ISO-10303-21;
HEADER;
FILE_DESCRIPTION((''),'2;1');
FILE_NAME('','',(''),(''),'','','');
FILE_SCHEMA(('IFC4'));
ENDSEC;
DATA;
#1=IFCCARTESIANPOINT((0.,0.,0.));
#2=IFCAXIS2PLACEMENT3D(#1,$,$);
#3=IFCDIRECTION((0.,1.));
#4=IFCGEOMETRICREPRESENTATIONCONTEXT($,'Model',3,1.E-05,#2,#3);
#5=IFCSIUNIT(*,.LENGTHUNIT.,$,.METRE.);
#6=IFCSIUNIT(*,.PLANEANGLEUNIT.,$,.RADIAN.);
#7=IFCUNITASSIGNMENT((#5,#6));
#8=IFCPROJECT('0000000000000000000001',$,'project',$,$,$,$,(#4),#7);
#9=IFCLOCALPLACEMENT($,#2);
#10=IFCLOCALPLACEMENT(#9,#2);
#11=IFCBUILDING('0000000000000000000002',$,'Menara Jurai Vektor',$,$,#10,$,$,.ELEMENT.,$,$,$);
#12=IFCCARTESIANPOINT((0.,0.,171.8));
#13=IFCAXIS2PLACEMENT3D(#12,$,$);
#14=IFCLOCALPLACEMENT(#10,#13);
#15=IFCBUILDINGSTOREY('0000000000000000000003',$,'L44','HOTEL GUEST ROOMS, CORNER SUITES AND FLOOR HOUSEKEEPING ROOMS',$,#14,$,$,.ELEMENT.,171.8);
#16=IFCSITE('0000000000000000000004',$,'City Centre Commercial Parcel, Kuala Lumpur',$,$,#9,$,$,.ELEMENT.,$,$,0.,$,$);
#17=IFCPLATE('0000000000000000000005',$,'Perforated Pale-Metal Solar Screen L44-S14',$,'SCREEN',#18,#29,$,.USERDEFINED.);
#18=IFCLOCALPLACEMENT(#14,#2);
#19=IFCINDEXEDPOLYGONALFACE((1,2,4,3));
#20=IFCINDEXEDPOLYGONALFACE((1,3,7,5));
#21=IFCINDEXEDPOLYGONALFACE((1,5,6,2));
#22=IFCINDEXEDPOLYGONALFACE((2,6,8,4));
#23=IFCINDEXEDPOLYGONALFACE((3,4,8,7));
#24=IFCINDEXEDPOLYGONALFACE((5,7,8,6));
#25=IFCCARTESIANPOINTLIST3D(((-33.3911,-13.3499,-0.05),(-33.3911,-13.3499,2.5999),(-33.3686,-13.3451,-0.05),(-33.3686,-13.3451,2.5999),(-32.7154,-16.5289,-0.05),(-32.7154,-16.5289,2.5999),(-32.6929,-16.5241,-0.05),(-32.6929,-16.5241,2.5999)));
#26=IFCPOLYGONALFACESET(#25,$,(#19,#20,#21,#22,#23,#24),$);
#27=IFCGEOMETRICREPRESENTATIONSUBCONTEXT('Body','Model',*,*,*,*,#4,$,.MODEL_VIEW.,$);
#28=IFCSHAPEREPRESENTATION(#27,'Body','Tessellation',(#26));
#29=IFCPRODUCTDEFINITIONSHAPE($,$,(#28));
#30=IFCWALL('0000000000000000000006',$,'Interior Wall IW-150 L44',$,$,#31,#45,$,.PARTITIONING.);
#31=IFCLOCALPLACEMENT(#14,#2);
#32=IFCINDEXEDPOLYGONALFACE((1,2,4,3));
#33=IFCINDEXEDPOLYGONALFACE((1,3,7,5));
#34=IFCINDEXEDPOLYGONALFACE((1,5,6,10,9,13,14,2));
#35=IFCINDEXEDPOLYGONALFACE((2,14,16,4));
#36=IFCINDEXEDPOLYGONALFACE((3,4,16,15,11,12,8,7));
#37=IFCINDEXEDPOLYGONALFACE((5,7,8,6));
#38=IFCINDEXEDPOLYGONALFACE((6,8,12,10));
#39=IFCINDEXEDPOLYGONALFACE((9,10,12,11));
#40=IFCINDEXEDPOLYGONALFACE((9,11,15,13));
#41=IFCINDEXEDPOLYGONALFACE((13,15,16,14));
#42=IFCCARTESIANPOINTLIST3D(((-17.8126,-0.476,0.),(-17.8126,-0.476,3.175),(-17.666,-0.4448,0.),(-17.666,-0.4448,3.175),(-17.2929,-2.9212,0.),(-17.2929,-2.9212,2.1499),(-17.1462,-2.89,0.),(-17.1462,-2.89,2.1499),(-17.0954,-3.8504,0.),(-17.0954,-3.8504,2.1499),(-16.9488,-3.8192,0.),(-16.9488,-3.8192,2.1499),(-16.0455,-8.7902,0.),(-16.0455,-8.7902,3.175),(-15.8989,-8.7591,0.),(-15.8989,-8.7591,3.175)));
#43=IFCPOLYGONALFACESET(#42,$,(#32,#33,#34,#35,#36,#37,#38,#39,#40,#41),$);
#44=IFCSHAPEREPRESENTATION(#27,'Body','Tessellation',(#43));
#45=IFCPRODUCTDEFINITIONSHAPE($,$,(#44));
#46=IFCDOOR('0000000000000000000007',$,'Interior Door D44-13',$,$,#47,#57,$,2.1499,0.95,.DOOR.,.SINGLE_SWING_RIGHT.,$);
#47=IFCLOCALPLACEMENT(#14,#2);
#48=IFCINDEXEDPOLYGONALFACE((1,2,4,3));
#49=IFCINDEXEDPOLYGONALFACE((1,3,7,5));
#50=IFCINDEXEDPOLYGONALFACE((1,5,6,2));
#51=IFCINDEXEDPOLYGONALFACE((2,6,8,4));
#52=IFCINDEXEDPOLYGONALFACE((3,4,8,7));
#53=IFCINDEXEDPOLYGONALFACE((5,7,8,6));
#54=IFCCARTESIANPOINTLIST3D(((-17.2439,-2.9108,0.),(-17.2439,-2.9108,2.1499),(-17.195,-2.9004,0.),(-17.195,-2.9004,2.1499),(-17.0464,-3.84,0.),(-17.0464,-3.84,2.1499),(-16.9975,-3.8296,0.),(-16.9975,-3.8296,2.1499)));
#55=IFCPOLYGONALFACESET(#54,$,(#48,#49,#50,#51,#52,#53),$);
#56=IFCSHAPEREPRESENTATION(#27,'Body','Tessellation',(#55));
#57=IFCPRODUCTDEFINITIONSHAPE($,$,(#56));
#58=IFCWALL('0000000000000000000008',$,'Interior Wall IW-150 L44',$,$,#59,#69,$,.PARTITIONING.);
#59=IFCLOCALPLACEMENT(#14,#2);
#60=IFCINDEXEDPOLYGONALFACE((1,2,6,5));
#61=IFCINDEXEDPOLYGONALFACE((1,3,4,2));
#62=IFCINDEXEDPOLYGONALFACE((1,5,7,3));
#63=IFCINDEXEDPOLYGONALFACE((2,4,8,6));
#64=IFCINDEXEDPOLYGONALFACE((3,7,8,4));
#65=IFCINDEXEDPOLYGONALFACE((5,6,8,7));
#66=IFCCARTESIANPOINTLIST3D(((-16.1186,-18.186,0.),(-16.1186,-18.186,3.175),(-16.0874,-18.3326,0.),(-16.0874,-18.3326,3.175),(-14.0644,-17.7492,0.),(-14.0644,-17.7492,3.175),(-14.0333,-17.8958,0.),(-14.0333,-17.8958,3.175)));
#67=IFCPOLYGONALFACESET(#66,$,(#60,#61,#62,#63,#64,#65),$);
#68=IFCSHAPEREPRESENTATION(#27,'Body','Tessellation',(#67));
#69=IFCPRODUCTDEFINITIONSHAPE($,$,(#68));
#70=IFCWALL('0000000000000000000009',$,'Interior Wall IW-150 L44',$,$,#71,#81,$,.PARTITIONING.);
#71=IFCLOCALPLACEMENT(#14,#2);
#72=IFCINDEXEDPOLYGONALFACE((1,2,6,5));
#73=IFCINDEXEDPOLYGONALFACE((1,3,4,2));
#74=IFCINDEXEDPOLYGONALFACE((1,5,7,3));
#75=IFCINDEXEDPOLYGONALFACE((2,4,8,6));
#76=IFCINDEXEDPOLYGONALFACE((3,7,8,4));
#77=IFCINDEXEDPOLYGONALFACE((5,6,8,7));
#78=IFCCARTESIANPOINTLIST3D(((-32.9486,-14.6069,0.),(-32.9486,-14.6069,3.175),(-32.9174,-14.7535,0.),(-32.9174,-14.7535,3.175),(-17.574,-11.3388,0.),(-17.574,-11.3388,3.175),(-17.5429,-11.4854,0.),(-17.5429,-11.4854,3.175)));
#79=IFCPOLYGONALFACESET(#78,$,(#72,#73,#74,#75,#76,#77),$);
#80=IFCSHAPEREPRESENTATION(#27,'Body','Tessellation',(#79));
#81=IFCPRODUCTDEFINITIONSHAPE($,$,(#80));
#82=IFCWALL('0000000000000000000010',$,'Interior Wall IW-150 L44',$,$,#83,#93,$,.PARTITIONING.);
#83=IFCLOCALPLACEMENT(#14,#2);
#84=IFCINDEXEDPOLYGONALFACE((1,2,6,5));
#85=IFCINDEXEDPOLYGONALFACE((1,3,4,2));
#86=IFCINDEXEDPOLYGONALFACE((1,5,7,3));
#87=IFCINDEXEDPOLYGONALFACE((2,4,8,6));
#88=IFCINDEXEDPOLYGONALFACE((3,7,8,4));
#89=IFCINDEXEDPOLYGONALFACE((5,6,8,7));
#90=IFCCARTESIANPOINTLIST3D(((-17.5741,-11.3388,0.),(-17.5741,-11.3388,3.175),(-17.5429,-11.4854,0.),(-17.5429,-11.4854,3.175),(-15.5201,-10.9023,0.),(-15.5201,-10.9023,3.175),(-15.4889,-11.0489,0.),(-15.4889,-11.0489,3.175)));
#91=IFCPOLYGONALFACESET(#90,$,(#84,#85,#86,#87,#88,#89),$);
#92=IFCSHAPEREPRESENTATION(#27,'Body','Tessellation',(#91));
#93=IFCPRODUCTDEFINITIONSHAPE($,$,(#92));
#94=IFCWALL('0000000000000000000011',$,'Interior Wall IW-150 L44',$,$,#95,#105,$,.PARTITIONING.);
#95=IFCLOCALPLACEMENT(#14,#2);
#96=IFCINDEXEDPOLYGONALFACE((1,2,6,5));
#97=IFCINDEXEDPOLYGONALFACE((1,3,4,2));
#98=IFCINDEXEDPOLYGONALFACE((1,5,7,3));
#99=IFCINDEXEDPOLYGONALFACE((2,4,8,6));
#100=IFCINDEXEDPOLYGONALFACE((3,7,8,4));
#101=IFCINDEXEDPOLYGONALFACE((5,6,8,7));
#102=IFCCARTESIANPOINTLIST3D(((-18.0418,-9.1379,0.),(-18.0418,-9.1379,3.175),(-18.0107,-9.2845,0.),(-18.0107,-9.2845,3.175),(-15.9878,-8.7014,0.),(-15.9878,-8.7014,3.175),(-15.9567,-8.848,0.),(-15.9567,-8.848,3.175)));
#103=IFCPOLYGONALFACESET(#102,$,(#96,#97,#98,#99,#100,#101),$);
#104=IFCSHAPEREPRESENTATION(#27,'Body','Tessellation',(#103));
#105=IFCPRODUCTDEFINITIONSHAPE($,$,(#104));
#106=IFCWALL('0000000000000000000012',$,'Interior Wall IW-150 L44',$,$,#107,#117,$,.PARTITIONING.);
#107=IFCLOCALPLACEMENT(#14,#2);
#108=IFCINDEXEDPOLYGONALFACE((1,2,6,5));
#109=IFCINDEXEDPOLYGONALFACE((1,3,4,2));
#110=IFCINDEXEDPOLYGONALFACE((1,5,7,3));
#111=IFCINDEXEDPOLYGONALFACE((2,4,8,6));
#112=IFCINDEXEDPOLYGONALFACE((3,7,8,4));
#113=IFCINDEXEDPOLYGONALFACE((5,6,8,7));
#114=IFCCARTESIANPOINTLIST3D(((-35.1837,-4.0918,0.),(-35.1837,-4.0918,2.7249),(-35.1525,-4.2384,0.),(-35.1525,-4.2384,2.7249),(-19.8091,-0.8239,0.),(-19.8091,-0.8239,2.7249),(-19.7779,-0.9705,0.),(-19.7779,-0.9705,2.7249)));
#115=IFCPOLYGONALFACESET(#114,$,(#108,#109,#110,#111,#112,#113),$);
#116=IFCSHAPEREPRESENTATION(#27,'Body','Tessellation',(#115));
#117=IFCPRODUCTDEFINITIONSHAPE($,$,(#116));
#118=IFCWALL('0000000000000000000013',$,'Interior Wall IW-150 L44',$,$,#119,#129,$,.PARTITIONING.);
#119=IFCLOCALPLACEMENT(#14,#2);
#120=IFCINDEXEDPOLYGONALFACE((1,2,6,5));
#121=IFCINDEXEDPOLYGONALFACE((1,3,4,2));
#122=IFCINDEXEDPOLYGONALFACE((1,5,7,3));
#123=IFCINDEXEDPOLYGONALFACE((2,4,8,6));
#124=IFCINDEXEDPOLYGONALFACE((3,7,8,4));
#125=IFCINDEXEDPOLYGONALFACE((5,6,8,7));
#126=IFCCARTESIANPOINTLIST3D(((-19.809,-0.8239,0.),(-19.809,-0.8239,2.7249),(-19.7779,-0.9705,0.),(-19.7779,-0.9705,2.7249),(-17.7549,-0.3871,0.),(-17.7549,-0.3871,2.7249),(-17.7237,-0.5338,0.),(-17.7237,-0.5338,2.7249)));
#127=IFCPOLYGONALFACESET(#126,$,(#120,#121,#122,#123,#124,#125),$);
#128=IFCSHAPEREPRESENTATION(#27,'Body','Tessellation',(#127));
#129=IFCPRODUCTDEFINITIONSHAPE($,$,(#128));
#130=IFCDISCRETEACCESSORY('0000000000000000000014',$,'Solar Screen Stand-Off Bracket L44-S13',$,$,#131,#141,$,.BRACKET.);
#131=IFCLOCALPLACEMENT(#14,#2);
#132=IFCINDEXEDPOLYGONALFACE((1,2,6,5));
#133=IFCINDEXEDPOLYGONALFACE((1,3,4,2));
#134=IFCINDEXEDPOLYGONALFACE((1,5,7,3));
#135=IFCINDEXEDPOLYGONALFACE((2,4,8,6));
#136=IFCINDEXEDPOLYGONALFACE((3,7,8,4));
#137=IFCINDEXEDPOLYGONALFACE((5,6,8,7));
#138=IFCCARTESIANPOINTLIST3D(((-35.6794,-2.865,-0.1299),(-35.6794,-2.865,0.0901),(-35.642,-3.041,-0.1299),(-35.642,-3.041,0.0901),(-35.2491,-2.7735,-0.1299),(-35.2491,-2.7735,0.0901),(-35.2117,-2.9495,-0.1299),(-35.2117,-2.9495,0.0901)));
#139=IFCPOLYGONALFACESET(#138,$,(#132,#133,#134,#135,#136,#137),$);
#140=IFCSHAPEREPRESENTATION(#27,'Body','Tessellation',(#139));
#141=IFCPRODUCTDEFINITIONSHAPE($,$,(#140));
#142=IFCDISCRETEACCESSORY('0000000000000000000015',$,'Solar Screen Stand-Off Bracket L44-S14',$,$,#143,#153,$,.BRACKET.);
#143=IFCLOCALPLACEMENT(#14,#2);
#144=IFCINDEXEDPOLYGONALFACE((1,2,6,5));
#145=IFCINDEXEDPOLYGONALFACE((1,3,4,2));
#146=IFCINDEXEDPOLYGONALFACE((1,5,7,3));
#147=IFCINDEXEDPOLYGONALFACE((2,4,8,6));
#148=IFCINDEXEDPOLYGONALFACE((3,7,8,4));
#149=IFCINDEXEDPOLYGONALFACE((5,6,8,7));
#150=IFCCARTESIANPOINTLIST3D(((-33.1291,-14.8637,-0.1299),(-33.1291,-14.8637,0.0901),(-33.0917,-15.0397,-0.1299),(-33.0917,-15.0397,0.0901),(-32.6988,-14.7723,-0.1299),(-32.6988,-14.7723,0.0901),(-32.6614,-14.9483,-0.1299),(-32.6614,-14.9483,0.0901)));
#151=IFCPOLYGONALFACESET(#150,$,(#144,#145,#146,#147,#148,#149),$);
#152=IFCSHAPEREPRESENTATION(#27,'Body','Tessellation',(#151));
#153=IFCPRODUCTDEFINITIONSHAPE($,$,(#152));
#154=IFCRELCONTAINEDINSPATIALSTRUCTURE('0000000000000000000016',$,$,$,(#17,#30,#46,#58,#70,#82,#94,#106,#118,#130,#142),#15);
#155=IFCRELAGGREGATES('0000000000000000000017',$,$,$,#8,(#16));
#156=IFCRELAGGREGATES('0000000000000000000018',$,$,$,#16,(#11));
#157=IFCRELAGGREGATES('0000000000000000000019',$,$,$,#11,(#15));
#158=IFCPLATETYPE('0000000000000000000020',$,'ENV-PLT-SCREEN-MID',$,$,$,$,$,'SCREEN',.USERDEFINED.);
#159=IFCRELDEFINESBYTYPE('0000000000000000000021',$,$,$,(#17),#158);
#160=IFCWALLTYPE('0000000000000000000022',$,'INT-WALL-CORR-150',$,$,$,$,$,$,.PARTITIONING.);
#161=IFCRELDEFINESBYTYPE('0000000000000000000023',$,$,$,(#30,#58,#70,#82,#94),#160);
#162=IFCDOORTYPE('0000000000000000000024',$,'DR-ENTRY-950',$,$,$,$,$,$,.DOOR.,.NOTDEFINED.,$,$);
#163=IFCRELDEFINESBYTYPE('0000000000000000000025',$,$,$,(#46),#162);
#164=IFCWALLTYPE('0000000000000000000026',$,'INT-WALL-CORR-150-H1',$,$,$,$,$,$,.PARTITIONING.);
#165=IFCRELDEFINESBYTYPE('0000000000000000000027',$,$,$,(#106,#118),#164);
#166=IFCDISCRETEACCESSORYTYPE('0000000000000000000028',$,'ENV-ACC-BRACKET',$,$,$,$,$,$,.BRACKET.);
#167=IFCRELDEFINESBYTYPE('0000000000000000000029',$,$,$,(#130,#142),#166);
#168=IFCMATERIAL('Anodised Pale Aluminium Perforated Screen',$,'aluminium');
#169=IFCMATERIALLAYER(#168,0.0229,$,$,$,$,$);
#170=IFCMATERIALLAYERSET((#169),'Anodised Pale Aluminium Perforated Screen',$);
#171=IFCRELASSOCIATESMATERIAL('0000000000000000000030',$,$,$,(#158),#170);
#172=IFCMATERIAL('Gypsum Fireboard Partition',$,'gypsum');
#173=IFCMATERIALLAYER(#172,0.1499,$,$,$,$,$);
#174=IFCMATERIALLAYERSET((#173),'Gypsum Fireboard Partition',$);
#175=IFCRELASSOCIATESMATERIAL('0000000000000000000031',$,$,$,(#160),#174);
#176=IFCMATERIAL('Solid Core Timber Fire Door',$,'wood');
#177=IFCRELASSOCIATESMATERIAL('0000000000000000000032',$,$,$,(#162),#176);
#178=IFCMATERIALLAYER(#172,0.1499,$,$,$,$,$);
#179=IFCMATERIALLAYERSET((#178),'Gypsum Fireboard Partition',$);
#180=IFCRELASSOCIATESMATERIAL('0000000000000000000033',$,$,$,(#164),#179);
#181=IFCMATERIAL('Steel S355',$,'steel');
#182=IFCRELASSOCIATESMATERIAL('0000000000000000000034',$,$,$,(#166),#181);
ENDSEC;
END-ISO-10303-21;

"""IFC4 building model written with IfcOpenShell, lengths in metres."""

from ifc_helpers import new_model, si_unit, direction, frame, frame_2d, origin, origin_2d, place, context, subcontext, project, spatial, rectangle, extrude, material, layer, layer_set, type_object, element, fill, save


model = new_model("IFC4")

# Units and contexts
model_context = context("Model", 3, precision=1e-05, world=origin(), true_north=direction((0.0, 1.0)))
body_context = subcontext(model_context, "Body", "Model", "MODEL_VIEW")
ifc_project = project(units=[si_unit("LENGTHUNIT", "METRE"), si_unit("PLANEANGLEUNIT", "RADIAN")], contexts=[model_context])

# Site, building, storey
site_placement = place(None, origin())
site = spatial("IfcSite", under=ifc_project, at=site_placement, Name="City Centre Commercial Parcel, Kuala Lumpur", CompositionType="ELEMENT", RefElevation=0.0)
building_placement = place(site_placement, origin())
building = spatial("IfcBuilding", under=site, at=building_placement, Name="Menara Jurai Vektor", CompositionType="ELEMENT")
storey_placement = place(building_placement, frame((0.0, 0.0, 171.8)))
storey = spatial("IfcBuildingStorey", under=building, at=storey_placement, Name="L44", Description="HOTEL GUEST ROOMS, CORNER SUITES AND FLOOR HOUSEKEEPING ROOMS", CompositionType="ELEMENT", Elevation=171.8)

# Shared definitions
ifc_material_1 = material(Name="Steel S355", Category="steel")

# Plate
ifc_material_2 = material(Name="Anodised Pale Aluminium Perforated Screen", Category="aluminium")
ifc_layer_1 = layer(ifc_material_2, 0.0229)
ifc_layer_set_1 = layer_set([ifc_layer_1], Name="Anodised Pale Aluminium Perforated Screen")
plate_type_1 = type_object("IfcPlateType", Name="ENV-PLT-SCREEN-MID", ElementType="SCREEN", PredefinedType="USERDEFINED", material=ifc_layer_set_1)
for number, where, z_axis, x_axis, name in (
    (1, (-33.042, -14.937, -0.05), (0.0, 0.0, 1.0), (0.207912, -0.978148, 0.0), "Perforated Pale-Metal Solar Screen L44-S14"),
):
    element("IfcPlate", number, at=place(storey_placement, frame(where, z_axis=z_axis, x_axis=x_axis)), inside=storey, type_object=plate_type_1, Name=name, ObjectType="SCREEN", PredefinedType="USERDEFINED", context=body_context, shape_type="SweptSolid", body=[
        extrude(rectangle(XDim=3.25, YDim=0.0229, at=origin_2d()), origin(), (0.0, 0.0, 1.0), 2.6499),
    ])

# Wall, opening, door
ifc_material_3 = material(Name="Gypsum Fireboard Partition", Category="gypsum")
ifc_layer_2 = layer(ifc_material_3, 0.1499)
ifc_layer_set_2 = layer_set([ifc_layer_2], Name="Gypsum Fireboard Partition")
wall_type_1 = type_object("IfcWallType", Name="INT-WALL-CORR-150", PredefinedType="PARTITIONING", material=ifc_layer_set_2)
wall_1_placement = place(storey_placement, frame((-15.9722, -8.7747, 0.0), z_axis=(0.0, 0.0, 1.0), x_axis=(-0.207895, 0.978151, 0.0)))
wall_1 = element("IfcWall", 2, at=wall_1_placement, inside=storey, type_object=wall_type_1, Name="Interior Wall IW-150 L44", PredefinedType="PARTITIONING", context=body_context, shape_type="SweptSolid", body=[
    extrude(rectangle(XDim=8.5, YDim=0.1499, at=frame_2d((4.25, 0.0))), origin(), (0.0, 0.0, 1.0), 3.175),
])
opening_1_placement = place(wall_1_placement, frame((5.05, 0.0, 0.0)))
opening_1 = element("IfcOpeningElement", 3, at=opening_1_placement, cuts=wall_1, PredefinedType="OPENING", context=body_context, shape_type="SweptSolid", body=[
    extrude(rectangle(XDim=0.95, YDim=2.1499, at=frame_2d((0.4751, 1.075))), frame((0.0, 0.085, 0.0), z_axis=(0.0, -1.0, 0.0), x_axis=(1.0, 0.0, 0.0)), (0.0, 0.0, 1.0), 0.1699),
])
ifc_material_4 = material(Name="Solid Core Timber Fire Door", Category="wood")
door_type_1 = type_object("IfcDoorType", Name="DR-ENTRY-950", OperationType="NOTDEFINED", PredefinedType="DOOR", material=ifc_material_4)
door_1_placement = place(opening_1_placement, origin())
door_1 = element("IfcDoor", 4, at=door_1_placement, inside=storey, type_object=door_type_1, Name="Interior Door D44-13", OperationType="SINGLE_SWING_RIGHT", OverallHeight=2.1499, OverallWidth=0.95, PredefinedType="DOOR", context=body_context, shape_type="SweptSolid", body=[
    extrude(rectangle(XDim=0.95, YDim=2.1499, at=frame_2d((0.4751, 1.075))), frame((0.0, 0.0249, 0.0), z_axis=(0.0, -1.0, 0.0), x_axis=(1.0, 0.0, 0.0)), (0.0, 0.0, 1.0), 0.05),
])
fill(opening_1, door_1)

# Walls
wall_2_placement = place(storey_placement, frame((-16.103, -18.2593, 0.0), z_axis=(0.0, 0.0, 1.0), x_axis=(0.978135, 0.207973, 0.0)))
element("IfcWall", 5, at=wall_2_placement, inside=storey, type_object=wall_type_1, Name="Interior Wall IW-150 L44", PredefinedType="PARTITIONING", context=body_context, shape_type="SweptSolid", body=[
    extrude(rectangle(XDim=2.1001, YDim=0.1499, at=frame_2d((1.05, 0.0))), origin(), (0.0, 0.0, 1.0), 3.175),
])
wall_3_placement = place(storey_placement, frame((-32.9329, -14.6802, 0.0), z_axis=(0.0, 0.0, 1.0), x_axis=(0.978146, 0.207919, 0.0)))
element("IfcWall", 6, at=wall_3_placement, inside=storey, type_object=wall_type_1, Name="Interior Wall IW-150 L44", PredefinedType="PARTITIONING", context=body_context, shape_type="SweptSolid", body=[
    extrude(rectangle(XDim=15.718, YDim=0.1499, at=frame_2d((7.8589, 0.0))), origin(), (0.0, 0.0, 1.0), 3.175),
])
wall_4_placement = place(storey_placement, frame((-17.5583, -11.4121, 0.0), z_axis=(0.0, 0.0, 1.0), x_axis=(0.978153, 0.207885, 0.0)))
element("IfcWall", 7, at=wall_4_placement, inside=storey, type_object=wall_type_1, Name="Interior Wall IW-150 L44", PredefinedType="PARTITIONING", context=body_context, shape_type="SweptSolid", body=[
    extrude(rectangle(XDim=2.0999, YDim=0.1499, at=frame_2d((1.0498, 0.0))), origin(), (0.0, 0.0, 1.0), 3.175),
])

# Walls
wall_5_placement = place(storey_placement, frame((-18.0261, -9.2112, 0.0), z_axis=(0.0, 0.0, 1.0), x_axis=(0.978153, 0.207885, 0.0)))
element("IfcWall", 8, at=wall_5_placement, inside=storey, type_object=wall_type_1, Name="Interior Wall IW-150 L44", PredefinedType="PARTITIONING", context=body_context, shape_type="SweptSolid", body=[
    extrude(rectangle(XDim=2.0999, YDim=0.1499, at=frame_2d((1.0498, 0.0))), origin(), (0.0, 0.0, 1.0), 3.175),
])
ifc_layer_3 = layer(ifc_material_3, 0.1499)
ifc_layer_set_3 = layer_set([ifc_layer_3], Name="Gypsum Fireboard Partition")
wall_type_2 = type_object("IfcWallType", Name="INT-WALL-CORR-150-H1", PredefinedType="PARTITIONING", material=ifc_layer_set_3)
wall_6_placement = place(storey_placement, frame((-35.168, -4.165, 0.0), z_axis=(0.0, 0.0, 1.0), x_axis=(0.978149, 0.207904, 0.0)))
element("IfcWall", 9, at=wall_6_placement, inside=storey, type_object=wall_type_2, Name="Interior Wall IW-150 L44", PredefinedType="PARTITIONING", context=body_context, shape_type="SweptSolid", body=[
    extrude(rectangle(XDim=15.718, YDim=0.1499, at=frame_2d((7.8589, 0.0))), origin(), (0.0, 0.0, 1.0), 2.7249),
])
wall_7_placement = place(storey_placement, frame((-19.7935, -0.8972, 0.0), z_axis=(0.0, 0.0, 1.0), x_axis=(0.978135, 0.207973, 0.0)))
element("IfcWall", 10, at=wall_7_placement, inside=storey, type_object=wall_type_2, Name="Interior Wall IW-150 L44", PredefinedType="PARTITIONING", context=body_context, shape_type="SweptSolid", body=[
    extrude(rectangle(XDim=2.1001, YDim=0.1499, at=frame_2d((1.05, 0.0))), origin(), (0.0, 0.0, 1.0), 2.7249),
])

# Discrete accessories
discrete_accessory_type = type_object("IfcDiscreteAccessoryType", Name="ENV-ACC-BRACKET", PredefinedType="BRACKET", material=ifc_material_1)
for number, where, z_axis, x_axis, name in (
    (11, (-35.4456, -2.9072, -0.1299), (0.0, 0.0, 1.0), (0.207912, -0.978148, 0.0), "Solar Screen Stand-Off Bracket L44-S13"),
    (12, (-32.8953, -14.906, -0.1299), (0.0, 0.0, 1.0), (0.207912, -0.978148, 0.0), "Solar Screen Stand-Off Bracket L44-S14"),
):
    element("IfcDiscreteAccessory", number, at=place(storey_placement, frame(where, z_axis=z_axis, x_axis=x_axis)), inside=storey, type_object=discrete_accessory_type, Name=name, PredefinedType="BRACKET", context=body_context, shape_type="SweptSolid", body=[
        extrude(rectangle(XDim=0.1799, YDim=0.4399, at=origin_2d()), origin(), (0.0, 0.0, 1.0), 0.22),
    ])

save(model, "model.ifc")
